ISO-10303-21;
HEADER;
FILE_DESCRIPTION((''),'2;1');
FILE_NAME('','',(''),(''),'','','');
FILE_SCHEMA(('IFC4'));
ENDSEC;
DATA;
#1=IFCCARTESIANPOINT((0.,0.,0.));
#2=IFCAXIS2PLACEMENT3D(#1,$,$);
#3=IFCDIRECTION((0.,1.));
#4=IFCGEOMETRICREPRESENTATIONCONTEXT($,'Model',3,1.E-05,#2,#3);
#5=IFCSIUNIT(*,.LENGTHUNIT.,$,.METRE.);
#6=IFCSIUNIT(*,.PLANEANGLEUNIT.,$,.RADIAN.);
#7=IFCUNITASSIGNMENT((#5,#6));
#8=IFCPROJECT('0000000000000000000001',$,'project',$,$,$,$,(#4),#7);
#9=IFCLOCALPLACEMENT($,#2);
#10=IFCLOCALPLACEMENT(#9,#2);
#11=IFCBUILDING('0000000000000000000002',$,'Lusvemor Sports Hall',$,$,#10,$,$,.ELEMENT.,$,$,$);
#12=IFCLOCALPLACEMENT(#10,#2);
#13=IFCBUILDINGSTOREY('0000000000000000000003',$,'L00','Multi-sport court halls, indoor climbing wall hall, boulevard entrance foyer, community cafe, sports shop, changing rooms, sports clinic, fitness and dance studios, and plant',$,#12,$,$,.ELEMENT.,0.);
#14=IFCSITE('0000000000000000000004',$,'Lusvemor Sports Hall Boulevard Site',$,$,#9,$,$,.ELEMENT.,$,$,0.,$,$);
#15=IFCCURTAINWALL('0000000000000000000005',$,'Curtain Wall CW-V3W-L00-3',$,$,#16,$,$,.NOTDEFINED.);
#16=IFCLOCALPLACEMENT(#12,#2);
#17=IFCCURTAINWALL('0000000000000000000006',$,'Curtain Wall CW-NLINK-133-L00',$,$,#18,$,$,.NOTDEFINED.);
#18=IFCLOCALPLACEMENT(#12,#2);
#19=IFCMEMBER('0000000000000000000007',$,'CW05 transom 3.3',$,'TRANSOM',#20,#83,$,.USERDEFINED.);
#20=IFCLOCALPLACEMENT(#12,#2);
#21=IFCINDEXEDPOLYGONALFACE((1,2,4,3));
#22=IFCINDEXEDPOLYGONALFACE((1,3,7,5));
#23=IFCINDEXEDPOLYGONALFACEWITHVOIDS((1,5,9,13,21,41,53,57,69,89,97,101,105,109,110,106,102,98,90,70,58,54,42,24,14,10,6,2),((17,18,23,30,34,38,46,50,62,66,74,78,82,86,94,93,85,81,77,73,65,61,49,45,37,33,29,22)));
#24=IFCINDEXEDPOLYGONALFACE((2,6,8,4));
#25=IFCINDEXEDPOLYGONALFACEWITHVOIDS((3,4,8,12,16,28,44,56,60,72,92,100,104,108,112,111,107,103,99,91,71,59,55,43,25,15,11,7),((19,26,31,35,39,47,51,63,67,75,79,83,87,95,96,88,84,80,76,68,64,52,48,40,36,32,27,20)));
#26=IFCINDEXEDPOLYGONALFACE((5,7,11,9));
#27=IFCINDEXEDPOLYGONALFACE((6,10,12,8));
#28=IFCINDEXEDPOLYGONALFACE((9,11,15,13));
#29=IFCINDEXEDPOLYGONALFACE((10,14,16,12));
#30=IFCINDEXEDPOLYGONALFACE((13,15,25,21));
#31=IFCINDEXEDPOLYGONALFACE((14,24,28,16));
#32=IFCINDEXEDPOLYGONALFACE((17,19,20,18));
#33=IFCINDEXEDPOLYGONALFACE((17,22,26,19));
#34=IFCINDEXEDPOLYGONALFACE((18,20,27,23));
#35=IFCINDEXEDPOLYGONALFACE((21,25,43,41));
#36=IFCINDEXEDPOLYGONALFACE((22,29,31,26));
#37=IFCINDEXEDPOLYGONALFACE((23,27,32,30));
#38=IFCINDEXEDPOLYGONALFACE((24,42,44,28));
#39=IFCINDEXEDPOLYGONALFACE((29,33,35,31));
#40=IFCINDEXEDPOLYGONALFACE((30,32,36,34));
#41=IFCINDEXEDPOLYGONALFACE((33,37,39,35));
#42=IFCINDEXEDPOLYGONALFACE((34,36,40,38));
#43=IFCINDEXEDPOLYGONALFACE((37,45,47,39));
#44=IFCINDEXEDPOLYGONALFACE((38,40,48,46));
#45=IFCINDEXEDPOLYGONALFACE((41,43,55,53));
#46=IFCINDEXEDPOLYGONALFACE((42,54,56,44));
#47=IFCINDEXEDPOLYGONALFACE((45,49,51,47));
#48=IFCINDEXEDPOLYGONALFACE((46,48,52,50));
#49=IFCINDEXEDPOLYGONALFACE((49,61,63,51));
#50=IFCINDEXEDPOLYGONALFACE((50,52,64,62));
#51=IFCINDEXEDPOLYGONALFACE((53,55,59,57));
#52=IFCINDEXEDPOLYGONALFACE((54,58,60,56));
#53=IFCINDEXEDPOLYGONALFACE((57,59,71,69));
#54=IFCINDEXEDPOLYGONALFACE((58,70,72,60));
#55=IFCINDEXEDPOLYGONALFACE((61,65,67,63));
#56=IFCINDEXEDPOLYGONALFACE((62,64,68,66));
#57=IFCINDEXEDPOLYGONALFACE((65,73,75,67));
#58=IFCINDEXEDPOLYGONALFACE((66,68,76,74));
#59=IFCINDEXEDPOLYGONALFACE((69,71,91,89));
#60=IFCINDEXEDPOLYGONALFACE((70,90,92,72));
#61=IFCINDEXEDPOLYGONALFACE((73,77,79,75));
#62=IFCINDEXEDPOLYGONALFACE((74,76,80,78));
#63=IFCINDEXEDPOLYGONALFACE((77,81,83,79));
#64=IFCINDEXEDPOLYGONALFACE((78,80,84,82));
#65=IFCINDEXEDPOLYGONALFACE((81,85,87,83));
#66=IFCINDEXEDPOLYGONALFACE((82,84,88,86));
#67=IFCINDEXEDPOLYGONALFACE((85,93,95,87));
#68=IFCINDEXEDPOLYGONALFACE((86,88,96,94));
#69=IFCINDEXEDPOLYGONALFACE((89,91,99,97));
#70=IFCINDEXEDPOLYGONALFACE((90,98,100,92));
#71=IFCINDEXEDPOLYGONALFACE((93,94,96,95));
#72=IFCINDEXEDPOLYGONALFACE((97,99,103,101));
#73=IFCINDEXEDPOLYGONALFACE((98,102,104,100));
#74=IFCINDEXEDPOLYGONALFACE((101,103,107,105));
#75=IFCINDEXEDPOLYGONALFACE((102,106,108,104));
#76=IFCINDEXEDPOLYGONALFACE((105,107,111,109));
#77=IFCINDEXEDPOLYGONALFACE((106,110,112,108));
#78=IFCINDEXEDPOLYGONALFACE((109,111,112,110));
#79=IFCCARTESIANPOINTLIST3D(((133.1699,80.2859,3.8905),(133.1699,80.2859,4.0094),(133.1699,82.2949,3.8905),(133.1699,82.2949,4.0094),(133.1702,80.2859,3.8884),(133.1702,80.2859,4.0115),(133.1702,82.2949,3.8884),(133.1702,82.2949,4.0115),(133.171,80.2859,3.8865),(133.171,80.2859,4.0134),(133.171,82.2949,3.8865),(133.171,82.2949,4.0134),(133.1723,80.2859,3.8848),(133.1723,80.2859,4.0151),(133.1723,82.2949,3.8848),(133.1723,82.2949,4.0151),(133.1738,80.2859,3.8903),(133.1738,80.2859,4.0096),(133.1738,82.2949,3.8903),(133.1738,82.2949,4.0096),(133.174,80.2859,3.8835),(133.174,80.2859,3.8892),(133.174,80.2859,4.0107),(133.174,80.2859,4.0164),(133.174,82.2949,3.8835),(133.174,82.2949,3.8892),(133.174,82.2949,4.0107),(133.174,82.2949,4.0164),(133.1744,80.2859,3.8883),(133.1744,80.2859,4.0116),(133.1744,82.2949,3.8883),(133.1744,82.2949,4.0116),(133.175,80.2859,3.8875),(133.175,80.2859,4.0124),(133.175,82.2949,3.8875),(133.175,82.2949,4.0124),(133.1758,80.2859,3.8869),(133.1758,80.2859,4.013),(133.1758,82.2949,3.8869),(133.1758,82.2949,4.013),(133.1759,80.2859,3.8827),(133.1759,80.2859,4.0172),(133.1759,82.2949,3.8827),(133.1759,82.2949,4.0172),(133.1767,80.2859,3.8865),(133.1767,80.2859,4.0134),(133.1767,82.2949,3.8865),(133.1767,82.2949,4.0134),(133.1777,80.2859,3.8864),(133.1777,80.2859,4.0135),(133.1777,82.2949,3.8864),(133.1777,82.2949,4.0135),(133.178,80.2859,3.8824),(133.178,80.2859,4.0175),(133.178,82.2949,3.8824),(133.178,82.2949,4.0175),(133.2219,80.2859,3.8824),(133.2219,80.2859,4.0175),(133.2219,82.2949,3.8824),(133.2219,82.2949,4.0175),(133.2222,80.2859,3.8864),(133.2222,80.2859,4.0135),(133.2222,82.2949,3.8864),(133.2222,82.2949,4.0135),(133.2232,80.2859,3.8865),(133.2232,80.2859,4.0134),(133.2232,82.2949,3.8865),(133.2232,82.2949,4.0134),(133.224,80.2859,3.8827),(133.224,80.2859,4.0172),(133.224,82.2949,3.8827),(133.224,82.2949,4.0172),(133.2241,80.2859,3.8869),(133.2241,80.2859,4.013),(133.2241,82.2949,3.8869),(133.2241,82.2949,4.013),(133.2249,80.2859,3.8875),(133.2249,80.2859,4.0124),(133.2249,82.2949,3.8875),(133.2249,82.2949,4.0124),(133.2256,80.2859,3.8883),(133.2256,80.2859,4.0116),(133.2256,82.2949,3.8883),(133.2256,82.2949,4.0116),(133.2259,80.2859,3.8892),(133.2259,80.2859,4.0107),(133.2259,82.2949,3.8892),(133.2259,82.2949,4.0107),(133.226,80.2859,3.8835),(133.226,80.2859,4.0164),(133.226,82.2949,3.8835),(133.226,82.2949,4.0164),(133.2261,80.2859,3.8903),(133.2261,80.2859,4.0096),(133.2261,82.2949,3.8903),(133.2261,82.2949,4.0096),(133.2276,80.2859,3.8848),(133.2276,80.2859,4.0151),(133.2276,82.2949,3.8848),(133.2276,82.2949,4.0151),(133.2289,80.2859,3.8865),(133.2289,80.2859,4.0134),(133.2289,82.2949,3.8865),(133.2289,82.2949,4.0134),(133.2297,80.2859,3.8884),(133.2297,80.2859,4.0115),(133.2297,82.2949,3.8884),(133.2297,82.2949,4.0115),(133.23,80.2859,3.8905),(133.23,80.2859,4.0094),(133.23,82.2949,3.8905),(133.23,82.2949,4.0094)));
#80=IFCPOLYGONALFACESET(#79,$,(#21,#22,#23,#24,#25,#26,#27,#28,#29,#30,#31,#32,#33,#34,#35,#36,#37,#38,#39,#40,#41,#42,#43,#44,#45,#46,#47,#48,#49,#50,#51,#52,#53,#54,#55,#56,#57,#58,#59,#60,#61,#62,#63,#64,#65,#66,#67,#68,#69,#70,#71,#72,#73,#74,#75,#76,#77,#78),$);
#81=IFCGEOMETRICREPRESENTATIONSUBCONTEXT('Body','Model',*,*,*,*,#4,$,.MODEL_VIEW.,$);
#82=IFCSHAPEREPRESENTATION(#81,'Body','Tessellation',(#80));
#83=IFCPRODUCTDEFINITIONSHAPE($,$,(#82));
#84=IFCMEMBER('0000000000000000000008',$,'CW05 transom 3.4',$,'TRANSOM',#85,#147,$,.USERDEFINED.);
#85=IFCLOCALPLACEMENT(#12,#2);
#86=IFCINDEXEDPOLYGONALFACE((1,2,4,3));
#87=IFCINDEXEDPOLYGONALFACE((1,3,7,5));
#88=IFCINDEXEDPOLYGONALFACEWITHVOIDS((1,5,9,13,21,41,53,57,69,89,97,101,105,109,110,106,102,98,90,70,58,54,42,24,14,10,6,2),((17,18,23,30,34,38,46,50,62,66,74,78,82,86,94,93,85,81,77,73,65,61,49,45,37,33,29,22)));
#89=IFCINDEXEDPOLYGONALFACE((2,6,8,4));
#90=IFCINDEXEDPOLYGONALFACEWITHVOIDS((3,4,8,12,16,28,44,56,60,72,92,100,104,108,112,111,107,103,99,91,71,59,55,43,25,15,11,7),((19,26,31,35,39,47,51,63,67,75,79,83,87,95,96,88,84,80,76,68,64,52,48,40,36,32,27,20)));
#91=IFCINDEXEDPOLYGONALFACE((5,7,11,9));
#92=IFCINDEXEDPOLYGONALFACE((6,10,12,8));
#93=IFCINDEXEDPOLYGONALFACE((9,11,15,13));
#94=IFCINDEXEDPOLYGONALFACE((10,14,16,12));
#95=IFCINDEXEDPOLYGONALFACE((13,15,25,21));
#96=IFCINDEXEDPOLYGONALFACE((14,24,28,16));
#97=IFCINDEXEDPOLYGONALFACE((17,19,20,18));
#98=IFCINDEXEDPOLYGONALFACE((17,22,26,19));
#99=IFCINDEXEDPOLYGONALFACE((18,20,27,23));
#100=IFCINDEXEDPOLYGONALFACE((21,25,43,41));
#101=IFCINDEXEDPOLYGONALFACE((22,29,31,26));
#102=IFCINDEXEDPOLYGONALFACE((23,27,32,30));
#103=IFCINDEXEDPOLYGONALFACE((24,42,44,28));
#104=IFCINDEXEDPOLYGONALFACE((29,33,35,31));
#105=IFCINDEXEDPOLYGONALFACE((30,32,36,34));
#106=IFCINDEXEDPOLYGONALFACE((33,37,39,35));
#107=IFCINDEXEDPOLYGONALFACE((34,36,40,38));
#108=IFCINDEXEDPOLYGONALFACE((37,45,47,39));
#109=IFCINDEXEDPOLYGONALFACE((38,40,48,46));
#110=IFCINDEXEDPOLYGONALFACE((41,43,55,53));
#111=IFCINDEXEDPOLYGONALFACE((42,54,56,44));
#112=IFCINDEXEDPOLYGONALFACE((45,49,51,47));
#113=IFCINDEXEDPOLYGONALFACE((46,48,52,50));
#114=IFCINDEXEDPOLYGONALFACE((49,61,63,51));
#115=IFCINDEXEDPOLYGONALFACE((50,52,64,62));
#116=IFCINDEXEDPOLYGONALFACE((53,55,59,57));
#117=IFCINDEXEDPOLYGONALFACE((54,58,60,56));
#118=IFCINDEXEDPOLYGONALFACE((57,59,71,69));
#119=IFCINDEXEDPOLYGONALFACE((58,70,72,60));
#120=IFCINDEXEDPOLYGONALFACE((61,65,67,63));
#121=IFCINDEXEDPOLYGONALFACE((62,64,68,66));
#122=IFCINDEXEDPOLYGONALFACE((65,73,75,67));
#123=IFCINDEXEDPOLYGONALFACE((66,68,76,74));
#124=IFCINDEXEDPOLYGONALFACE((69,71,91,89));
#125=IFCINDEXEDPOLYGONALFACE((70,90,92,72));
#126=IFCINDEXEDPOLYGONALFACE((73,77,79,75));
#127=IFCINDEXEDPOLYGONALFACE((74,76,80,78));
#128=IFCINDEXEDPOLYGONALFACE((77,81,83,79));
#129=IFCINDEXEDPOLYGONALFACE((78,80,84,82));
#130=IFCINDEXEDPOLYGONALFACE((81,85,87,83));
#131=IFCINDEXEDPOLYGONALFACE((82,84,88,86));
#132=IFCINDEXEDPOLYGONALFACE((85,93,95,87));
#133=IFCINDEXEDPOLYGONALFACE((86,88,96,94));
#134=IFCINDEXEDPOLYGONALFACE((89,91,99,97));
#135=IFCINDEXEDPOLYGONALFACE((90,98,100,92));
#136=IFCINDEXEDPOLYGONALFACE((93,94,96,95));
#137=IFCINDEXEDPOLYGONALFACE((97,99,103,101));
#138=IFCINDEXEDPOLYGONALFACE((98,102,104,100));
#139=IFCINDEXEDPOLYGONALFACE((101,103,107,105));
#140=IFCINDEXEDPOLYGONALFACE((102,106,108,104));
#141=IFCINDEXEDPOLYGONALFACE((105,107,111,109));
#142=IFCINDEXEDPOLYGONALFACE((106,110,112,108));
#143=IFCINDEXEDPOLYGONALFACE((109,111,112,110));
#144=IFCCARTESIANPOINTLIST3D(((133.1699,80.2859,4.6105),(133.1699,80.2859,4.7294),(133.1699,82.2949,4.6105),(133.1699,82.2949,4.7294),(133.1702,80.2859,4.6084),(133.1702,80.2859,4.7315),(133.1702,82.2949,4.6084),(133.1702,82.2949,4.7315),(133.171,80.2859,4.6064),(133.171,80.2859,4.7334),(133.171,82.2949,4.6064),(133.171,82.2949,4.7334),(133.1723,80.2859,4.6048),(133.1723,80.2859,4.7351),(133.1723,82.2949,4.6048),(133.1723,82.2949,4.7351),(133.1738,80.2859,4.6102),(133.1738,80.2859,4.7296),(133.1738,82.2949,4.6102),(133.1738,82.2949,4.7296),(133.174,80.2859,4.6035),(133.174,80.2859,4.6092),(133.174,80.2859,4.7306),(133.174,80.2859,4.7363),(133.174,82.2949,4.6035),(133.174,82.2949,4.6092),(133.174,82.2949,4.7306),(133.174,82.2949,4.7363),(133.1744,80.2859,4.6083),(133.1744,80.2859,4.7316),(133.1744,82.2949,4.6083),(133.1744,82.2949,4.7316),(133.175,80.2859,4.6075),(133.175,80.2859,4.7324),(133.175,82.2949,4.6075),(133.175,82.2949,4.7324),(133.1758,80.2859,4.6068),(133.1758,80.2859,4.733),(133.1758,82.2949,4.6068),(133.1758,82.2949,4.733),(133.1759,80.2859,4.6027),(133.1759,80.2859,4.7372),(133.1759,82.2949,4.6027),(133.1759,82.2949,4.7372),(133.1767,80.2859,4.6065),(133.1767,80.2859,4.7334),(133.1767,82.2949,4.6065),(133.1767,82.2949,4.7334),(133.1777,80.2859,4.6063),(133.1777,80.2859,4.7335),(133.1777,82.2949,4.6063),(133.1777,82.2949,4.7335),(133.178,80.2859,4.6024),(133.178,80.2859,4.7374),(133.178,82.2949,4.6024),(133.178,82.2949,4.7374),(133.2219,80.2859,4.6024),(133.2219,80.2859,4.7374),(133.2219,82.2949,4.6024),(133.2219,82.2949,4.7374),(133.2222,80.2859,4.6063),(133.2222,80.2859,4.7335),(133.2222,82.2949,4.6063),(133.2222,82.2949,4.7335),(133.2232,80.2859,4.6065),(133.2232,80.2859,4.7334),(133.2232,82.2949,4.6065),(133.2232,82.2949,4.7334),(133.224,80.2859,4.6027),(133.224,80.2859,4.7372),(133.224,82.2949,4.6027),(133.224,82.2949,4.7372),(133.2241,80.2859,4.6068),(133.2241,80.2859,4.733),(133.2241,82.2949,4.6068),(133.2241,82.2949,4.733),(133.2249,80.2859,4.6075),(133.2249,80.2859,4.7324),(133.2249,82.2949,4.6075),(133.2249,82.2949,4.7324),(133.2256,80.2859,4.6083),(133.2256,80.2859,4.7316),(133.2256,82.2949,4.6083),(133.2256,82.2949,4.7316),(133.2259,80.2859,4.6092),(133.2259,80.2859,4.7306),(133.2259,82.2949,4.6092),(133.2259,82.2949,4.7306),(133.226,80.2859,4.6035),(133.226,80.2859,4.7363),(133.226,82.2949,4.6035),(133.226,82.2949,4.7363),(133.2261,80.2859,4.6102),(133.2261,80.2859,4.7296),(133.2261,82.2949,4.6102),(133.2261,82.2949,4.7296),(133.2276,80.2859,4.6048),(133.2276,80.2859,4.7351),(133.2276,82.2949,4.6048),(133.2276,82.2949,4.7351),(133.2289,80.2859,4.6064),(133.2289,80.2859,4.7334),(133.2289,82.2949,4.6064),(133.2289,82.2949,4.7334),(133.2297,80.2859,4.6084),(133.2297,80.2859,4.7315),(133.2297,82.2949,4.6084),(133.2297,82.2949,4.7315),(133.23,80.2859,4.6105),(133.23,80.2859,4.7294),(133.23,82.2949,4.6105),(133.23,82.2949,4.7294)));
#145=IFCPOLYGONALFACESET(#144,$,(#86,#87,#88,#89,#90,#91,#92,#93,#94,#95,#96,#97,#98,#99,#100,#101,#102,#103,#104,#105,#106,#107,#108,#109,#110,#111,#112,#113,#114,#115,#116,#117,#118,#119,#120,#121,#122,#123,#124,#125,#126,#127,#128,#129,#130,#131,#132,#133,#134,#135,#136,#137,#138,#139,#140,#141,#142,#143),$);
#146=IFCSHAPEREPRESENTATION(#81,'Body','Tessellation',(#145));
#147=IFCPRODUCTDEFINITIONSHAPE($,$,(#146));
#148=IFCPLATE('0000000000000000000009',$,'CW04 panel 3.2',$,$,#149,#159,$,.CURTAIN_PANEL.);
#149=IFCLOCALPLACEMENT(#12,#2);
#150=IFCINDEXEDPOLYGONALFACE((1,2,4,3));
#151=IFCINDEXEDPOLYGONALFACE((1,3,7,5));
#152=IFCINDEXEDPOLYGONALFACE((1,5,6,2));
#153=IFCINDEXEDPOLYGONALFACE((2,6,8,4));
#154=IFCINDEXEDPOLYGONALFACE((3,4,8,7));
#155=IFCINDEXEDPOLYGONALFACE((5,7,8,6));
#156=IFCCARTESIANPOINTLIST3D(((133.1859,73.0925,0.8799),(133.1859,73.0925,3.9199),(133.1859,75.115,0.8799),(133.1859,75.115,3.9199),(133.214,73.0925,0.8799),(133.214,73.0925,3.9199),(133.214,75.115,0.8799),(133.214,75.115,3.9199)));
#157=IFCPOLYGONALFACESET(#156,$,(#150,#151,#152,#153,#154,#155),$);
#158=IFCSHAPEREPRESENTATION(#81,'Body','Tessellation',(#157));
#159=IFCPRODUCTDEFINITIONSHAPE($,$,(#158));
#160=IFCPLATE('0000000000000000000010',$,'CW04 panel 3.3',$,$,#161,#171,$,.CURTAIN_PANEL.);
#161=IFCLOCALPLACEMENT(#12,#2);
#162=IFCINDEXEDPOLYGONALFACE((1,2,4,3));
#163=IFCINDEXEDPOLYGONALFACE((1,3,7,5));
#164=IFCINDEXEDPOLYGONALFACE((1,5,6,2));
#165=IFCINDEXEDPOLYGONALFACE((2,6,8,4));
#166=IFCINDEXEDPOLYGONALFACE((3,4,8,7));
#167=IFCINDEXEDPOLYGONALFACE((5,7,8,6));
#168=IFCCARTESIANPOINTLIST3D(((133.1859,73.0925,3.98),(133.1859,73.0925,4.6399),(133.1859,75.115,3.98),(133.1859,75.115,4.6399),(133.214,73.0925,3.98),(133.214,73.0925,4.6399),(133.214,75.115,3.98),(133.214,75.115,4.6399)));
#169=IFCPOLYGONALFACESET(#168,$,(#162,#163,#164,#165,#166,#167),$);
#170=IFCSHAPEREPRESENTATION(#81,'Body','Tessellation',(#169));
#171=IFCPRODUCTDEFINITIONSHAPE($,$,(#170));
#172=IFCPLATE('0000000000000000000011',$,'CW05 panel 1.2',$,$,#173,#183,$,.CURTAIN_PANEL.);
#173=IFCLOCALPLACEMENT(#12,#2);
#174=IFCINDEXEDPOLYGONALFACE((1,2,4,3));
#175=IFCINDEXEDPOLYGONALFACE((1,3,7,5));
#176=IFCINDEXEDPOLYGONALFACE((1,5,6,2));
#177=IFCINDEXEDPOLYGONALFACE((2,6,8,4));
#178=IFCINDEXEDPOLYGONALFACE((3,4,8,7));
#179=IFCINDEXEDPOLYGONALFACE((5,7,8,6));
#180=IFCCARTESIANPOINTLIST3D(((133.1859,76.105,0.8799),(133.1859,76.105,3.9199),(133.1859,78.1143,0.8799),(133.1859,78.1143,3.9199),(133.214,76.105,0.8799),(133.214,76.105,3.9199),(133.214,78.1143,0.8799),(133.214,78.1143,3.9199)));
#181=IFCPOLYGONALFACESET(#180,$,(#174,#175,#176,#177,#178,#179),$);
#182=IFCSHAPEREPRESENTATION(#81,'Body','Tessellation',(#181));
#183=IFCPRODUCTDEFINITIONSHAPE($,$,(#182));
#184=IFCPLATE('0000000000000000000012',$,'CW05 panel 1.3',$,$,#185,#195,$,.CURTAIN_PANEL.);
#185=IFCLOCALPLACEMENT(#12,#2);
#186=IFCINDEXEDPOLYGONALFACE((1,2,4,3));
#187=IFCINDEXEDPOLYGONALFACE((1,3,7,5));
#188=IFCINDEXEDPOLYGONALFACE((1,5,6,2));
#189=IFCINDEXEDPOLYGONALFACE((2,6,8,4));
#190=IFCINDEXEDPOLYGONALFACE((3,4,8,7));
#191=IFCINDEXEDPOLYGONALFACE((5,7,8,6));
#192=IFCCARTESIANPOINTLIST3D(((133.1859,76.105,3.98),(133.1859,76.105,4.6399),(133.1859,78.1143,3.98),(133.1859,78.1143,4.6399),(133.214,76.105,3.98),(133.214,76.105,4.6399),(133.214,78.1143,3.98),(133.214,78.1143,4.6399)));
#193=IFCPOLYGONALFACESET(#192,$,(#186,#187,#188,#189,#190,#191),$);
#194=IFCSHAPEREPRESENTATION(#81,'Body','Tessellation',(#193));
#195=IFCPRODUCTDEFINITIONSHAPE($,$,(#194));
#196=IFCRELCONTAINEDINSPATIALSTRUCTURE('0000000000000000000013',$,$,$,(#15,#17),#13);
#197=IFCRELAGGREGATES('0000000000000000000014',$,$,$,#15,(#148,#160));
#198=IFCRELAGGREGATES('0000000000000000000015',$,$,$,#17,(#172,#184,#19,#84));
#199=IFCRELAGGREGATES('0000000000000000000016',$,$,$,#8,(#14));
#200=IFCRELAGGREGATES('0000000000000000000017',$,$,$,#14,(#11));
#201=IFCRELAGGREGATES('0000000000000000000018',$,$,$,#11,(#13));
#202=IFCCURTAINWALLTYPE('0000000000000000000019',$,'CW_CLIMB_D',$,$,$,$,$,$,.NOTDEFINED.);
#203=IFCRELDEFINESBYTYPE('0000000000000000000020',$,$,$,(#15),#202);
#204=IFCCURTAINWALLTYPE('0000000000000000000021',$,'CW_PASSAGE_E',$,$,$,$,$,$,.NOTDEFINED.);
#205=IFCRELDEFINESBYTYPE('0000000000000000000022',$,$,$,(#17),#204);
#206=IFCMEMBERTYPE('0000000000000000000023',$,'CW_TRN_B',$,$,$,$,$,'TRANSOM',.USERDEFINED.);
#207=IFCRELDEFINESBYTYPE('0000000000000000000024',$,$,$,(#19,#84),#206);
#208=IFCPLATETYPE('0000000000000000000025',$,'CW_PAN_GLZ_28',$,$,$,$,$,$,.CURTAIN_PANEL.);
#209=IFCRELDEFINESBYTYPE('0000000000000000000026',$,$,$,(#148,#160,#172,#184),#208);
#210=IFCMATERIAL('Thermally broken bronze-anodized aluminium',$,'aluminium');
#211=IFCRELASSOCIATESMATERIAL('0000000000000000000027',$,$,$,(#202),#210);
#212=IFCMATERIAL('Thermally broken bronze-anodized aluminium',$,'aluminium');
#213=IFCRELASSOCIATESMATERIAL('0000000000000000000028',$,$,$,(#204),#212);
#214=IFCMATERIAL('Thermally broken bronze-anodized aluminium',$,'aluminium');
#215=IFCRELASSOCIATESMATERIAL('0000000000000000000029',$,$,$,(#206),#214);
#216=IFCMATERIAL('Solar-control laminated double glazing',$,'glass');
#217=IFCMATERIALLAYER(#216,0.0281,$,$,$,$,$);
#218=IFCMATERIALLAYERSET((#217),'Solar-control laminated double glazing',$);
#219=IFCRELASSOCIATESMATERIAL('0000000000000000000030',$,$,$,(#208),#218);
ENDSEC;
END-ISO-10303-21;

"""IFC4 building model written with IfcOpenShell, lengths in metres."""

from ifc_helpers import new_model, si_unit, direction, frame, origin, origin_2d, place, context, subcontext, project, spatial, rectangle, hollow_rectangle, extrude, material, layer, layer_set, material_profile, profile_set, type_object, element, aggregate, save


model = new_model("IFC4")

# Units and contexts
model_context = context("Model", 3, precision=1e-05, world=origin(), true_north=direction((0.0, 1.0)))
body_context = subcontext(model_context, "Body", "Model", "MODEL_VIEW")
ifc_project = project(units=[si_unit("LENGTHUNIT", "METRE"), si_unit("PLANEANGLEUNIT", "RADIAN")], contexts=[model_context])

# Site, building, storey
site_placement = place(None, origin())
site = spatial("IfcSite", under=ifc_project, at=site_placement, Name="Lusvemor Sports Hall Boulevard Site", CompositionType="ELEMENT", RefElevation=0.0)
building_placement = place(site_placement, origin())
building = spatial("IfcBuilding", under=site, at=building_placement, Name="Lusvemor Sports Hall", CompositionType="ELEMENT")
storey_placement = place(building_placement, origin())
storey = spatial("IfcBuildingStorey", under=building, at=storey_placement, Name="L00", Description="Multi-sport court halls, indoor climbing wall hall, boulevard entrance foyer, community cafe, sports shop, changing rooms, sports clinic, fitness and dance studios, and plant", CompositionType="ELEMENT", Elevation=0.0)

# Curtain wall
ifc_material_1 = material(Name="Thermally broken bronze-anodized aluminium", Category="aluminium")
curtain_wall_type_1 = type_object("IfcCurtainWallType", Name="CW_CLIMB_D", PredefinedType="NOTDEFINED", material=ifc_material_1)
curtain_wall_1_placement = place(storey_placement, origin())
curtain_wall_1 = element("IfcCurtainWall", 1, at=curtain_wall_1_placement, inside=storey, type_object=curtain_wall_type_1, Name="Curtain Wall CW-V3W-L00-3", PredefinedType="NOTDEFINED")

# Curtain wall, members
ifc_material_2 = material(Name="Thermally broken bronze-anodized aluminium", Category="aluminium")
curtain_wall_type_2 = type_object("IfcCurtainWallType", Name="CW_PASSAGE_E", PredefinedType="NOTDEFINED", material=ifc_material_2)
curtain_wall_2_placement = place(storey_placement, origin())
curtain_wall_2 = element("IfcCurtainWall", 2, at=curtain_wall_2_placement, inside=storey, type_object=curtain_wall_type_2, Name="Curtain Wall CW-NLINK-133-L00", PredefinedType="NOTDEFINED")
ifc_material_3 = material(Name="Thermally broken bronze-anodized aluminium", Category="aluminium")
ifc_material_profile_1 = material_profile(ifc_material_3, hollow_rectangle(XDim=0.0601, YDim=0.135, WallThickness=0.0039, InnerFilletRadius=0.0039, OuterFilletRadius=0.0081, at=origin_2d()), Name="CWTRN135x60x4")
ifc_profile_set_1 = profile_set([ifc_material_profile_1], Name="Thermally broken bronze-anodized aluminium")
member_type_1 = type_object("IfcMemberType", Name="CW_TRN_B", ElementType="TRANSOM", PredefinedType="USERDEFINED", material=ifc_profile_set_1)
member_1_placement = place(storey_placement, frame((133.2, 80.2859, 3.95), z_axis=(0.0, 1.0, 0.0), x_axis=(-1.0, 0.0, 0.0)))
member_1 = element("IfcMember", 3, at=member_1_placement, type_object=member_type_1, Name="CW05 transom 3.3", ObjectType="TRANSOM", PredefinedType="USERDEFINED", context=body_context, shape_type="SweptSolid", body=[
    extrude(hollow_rectangle(XDim=0.0601, YDim=0.135, WallThickness=0.0039, InnerFilletRadius=0.0039, OuterFilletRadius=0.0081, at=origin_2d()), origin(), (0.0, 0.0, 1.0), 2.009),
])
member_2_placement = place(storey_placement, frame((133.2, 80.2859, 4.6699), z_axis=(0.0, 1.0, 0.0), x_axis=(-1.0, 0.0, 0.0)))
member_2 = element("IfcMember", 4, at=member_2_placement, type_object=member_type_1, Name="CW05 transom 3.4", ObjectType="TRANSOM", PredefinedType="USERDEFINED", context=body_context, shape_type="SweptSolid", body=[
    extrude(hollow_rectangle(XDim=0.0601, YDim=0.135, WallThickness=0.0039, InnerFilletRadius=0.0039, OuterFilletRadius=0.0081, at=origin_2d()), origin(), (0.0, 0.0, 1.0), 2.009),
])

# Plates
ifc_material_4 = material(Name="Solar-control laminated double glazing", Category="glass")
ifc_layer_1 = layer(ifc_material_4, 0.0281)
ifc_layer_set_1 = layer_set([ifc_layer_1], Name="Solar-control laminated double glazing")
plate_type_1 = type_object("IfcPlateType", Name="CW_PAN_GLZ_28", PredefinedType="CURTAIN_PANEL", material=ifc_layer_set_1)
plate_1_placement = place(storey_placement, frame((133.2, 74.1038, 0.8799), z_axis=(0.0, 0.0, 1.0), x_axis=(0.0, 1.0, 0.0)))
plate_1 = element("IfcPlate", 5, at=plate_1_placement, type_object=plate_type_1, Name="CW04 panel 3.2", PredefinedType="CURTAIN_PANEL", context=body_context, shape_type="SweptSolid", body=[
    extrude(rectangle(XDim=2.0225, YDim=0.0281, at=origin_2d()), origin(), (0.0, 0.0, 1.0), 3.04),
])
plate_2_placement = place(storey_placement, frame((133.2, 74.1038, 3.98), z_axis=(0.0, 0.0, 1.0), x_axis=(0.0, 1.0, 0.0)))
plate_2 = element("IfcPlate", 6, at=plate_2_placement, type_object=plate_type_1, Name="CW04 panel 3.3", PredefinedType="CURTAIN_PANEL", context=body_context, shape_type="SweptSolid", body=[
    extrude(rectangle(XDim=2.0225, YDim=0.0281, at=origin_2d()), origin(), (0.0, 0.0, 1.0), 0.6599),
])
aggregate(curtain_wall_1, [plate_1, plate_2])
plate_3_placement = place(storey_placement, frame((133.2, 77.1096, 0.8799), z_axis=(0.0, 0.0, 1.0), x_axis=(0.0, 1.0, 0.0)))
plate_3 = element("IfcPlate", 7, at=plate_3_placement, type_object=plate_type_1, Name="CW05 panel 1.2", PredefinedType="CURTAIN_PANEL", context=body_context, shape_type="SweptSolid", body=[
    extrude(rectangle(XDim=2.0093, YDim=0.0281, at=origin_2d()), origin(), (0.0, 0.0, 1.0), 3.04),
])
plate_4_placement = place(storey_placement, frame((133.2, 77.1096, 3.98), z_axis=(0.0, 0.0, 1.0), x_axis=(0.0, 1.0, 0.0)))
plate_4 = element("IfcPlate", 8, at=plate_4_placement, type_object=plate_type_1, Name="CW05 panel 1.3", PredefinedType="CURTAIN_PANEL", context=body_context, shape_type="SweptSolid", body=[
    extrude(rectangle(XDim=2.0093, YDim=0.0281, at=origin_2d()), origin(), (0.0, 0.0, 1.0), 0.6599),
])
aggregate(curtain_wall_2, [plate_3, plate_4, member_1, member_2])

save(model, "model.ifc")
